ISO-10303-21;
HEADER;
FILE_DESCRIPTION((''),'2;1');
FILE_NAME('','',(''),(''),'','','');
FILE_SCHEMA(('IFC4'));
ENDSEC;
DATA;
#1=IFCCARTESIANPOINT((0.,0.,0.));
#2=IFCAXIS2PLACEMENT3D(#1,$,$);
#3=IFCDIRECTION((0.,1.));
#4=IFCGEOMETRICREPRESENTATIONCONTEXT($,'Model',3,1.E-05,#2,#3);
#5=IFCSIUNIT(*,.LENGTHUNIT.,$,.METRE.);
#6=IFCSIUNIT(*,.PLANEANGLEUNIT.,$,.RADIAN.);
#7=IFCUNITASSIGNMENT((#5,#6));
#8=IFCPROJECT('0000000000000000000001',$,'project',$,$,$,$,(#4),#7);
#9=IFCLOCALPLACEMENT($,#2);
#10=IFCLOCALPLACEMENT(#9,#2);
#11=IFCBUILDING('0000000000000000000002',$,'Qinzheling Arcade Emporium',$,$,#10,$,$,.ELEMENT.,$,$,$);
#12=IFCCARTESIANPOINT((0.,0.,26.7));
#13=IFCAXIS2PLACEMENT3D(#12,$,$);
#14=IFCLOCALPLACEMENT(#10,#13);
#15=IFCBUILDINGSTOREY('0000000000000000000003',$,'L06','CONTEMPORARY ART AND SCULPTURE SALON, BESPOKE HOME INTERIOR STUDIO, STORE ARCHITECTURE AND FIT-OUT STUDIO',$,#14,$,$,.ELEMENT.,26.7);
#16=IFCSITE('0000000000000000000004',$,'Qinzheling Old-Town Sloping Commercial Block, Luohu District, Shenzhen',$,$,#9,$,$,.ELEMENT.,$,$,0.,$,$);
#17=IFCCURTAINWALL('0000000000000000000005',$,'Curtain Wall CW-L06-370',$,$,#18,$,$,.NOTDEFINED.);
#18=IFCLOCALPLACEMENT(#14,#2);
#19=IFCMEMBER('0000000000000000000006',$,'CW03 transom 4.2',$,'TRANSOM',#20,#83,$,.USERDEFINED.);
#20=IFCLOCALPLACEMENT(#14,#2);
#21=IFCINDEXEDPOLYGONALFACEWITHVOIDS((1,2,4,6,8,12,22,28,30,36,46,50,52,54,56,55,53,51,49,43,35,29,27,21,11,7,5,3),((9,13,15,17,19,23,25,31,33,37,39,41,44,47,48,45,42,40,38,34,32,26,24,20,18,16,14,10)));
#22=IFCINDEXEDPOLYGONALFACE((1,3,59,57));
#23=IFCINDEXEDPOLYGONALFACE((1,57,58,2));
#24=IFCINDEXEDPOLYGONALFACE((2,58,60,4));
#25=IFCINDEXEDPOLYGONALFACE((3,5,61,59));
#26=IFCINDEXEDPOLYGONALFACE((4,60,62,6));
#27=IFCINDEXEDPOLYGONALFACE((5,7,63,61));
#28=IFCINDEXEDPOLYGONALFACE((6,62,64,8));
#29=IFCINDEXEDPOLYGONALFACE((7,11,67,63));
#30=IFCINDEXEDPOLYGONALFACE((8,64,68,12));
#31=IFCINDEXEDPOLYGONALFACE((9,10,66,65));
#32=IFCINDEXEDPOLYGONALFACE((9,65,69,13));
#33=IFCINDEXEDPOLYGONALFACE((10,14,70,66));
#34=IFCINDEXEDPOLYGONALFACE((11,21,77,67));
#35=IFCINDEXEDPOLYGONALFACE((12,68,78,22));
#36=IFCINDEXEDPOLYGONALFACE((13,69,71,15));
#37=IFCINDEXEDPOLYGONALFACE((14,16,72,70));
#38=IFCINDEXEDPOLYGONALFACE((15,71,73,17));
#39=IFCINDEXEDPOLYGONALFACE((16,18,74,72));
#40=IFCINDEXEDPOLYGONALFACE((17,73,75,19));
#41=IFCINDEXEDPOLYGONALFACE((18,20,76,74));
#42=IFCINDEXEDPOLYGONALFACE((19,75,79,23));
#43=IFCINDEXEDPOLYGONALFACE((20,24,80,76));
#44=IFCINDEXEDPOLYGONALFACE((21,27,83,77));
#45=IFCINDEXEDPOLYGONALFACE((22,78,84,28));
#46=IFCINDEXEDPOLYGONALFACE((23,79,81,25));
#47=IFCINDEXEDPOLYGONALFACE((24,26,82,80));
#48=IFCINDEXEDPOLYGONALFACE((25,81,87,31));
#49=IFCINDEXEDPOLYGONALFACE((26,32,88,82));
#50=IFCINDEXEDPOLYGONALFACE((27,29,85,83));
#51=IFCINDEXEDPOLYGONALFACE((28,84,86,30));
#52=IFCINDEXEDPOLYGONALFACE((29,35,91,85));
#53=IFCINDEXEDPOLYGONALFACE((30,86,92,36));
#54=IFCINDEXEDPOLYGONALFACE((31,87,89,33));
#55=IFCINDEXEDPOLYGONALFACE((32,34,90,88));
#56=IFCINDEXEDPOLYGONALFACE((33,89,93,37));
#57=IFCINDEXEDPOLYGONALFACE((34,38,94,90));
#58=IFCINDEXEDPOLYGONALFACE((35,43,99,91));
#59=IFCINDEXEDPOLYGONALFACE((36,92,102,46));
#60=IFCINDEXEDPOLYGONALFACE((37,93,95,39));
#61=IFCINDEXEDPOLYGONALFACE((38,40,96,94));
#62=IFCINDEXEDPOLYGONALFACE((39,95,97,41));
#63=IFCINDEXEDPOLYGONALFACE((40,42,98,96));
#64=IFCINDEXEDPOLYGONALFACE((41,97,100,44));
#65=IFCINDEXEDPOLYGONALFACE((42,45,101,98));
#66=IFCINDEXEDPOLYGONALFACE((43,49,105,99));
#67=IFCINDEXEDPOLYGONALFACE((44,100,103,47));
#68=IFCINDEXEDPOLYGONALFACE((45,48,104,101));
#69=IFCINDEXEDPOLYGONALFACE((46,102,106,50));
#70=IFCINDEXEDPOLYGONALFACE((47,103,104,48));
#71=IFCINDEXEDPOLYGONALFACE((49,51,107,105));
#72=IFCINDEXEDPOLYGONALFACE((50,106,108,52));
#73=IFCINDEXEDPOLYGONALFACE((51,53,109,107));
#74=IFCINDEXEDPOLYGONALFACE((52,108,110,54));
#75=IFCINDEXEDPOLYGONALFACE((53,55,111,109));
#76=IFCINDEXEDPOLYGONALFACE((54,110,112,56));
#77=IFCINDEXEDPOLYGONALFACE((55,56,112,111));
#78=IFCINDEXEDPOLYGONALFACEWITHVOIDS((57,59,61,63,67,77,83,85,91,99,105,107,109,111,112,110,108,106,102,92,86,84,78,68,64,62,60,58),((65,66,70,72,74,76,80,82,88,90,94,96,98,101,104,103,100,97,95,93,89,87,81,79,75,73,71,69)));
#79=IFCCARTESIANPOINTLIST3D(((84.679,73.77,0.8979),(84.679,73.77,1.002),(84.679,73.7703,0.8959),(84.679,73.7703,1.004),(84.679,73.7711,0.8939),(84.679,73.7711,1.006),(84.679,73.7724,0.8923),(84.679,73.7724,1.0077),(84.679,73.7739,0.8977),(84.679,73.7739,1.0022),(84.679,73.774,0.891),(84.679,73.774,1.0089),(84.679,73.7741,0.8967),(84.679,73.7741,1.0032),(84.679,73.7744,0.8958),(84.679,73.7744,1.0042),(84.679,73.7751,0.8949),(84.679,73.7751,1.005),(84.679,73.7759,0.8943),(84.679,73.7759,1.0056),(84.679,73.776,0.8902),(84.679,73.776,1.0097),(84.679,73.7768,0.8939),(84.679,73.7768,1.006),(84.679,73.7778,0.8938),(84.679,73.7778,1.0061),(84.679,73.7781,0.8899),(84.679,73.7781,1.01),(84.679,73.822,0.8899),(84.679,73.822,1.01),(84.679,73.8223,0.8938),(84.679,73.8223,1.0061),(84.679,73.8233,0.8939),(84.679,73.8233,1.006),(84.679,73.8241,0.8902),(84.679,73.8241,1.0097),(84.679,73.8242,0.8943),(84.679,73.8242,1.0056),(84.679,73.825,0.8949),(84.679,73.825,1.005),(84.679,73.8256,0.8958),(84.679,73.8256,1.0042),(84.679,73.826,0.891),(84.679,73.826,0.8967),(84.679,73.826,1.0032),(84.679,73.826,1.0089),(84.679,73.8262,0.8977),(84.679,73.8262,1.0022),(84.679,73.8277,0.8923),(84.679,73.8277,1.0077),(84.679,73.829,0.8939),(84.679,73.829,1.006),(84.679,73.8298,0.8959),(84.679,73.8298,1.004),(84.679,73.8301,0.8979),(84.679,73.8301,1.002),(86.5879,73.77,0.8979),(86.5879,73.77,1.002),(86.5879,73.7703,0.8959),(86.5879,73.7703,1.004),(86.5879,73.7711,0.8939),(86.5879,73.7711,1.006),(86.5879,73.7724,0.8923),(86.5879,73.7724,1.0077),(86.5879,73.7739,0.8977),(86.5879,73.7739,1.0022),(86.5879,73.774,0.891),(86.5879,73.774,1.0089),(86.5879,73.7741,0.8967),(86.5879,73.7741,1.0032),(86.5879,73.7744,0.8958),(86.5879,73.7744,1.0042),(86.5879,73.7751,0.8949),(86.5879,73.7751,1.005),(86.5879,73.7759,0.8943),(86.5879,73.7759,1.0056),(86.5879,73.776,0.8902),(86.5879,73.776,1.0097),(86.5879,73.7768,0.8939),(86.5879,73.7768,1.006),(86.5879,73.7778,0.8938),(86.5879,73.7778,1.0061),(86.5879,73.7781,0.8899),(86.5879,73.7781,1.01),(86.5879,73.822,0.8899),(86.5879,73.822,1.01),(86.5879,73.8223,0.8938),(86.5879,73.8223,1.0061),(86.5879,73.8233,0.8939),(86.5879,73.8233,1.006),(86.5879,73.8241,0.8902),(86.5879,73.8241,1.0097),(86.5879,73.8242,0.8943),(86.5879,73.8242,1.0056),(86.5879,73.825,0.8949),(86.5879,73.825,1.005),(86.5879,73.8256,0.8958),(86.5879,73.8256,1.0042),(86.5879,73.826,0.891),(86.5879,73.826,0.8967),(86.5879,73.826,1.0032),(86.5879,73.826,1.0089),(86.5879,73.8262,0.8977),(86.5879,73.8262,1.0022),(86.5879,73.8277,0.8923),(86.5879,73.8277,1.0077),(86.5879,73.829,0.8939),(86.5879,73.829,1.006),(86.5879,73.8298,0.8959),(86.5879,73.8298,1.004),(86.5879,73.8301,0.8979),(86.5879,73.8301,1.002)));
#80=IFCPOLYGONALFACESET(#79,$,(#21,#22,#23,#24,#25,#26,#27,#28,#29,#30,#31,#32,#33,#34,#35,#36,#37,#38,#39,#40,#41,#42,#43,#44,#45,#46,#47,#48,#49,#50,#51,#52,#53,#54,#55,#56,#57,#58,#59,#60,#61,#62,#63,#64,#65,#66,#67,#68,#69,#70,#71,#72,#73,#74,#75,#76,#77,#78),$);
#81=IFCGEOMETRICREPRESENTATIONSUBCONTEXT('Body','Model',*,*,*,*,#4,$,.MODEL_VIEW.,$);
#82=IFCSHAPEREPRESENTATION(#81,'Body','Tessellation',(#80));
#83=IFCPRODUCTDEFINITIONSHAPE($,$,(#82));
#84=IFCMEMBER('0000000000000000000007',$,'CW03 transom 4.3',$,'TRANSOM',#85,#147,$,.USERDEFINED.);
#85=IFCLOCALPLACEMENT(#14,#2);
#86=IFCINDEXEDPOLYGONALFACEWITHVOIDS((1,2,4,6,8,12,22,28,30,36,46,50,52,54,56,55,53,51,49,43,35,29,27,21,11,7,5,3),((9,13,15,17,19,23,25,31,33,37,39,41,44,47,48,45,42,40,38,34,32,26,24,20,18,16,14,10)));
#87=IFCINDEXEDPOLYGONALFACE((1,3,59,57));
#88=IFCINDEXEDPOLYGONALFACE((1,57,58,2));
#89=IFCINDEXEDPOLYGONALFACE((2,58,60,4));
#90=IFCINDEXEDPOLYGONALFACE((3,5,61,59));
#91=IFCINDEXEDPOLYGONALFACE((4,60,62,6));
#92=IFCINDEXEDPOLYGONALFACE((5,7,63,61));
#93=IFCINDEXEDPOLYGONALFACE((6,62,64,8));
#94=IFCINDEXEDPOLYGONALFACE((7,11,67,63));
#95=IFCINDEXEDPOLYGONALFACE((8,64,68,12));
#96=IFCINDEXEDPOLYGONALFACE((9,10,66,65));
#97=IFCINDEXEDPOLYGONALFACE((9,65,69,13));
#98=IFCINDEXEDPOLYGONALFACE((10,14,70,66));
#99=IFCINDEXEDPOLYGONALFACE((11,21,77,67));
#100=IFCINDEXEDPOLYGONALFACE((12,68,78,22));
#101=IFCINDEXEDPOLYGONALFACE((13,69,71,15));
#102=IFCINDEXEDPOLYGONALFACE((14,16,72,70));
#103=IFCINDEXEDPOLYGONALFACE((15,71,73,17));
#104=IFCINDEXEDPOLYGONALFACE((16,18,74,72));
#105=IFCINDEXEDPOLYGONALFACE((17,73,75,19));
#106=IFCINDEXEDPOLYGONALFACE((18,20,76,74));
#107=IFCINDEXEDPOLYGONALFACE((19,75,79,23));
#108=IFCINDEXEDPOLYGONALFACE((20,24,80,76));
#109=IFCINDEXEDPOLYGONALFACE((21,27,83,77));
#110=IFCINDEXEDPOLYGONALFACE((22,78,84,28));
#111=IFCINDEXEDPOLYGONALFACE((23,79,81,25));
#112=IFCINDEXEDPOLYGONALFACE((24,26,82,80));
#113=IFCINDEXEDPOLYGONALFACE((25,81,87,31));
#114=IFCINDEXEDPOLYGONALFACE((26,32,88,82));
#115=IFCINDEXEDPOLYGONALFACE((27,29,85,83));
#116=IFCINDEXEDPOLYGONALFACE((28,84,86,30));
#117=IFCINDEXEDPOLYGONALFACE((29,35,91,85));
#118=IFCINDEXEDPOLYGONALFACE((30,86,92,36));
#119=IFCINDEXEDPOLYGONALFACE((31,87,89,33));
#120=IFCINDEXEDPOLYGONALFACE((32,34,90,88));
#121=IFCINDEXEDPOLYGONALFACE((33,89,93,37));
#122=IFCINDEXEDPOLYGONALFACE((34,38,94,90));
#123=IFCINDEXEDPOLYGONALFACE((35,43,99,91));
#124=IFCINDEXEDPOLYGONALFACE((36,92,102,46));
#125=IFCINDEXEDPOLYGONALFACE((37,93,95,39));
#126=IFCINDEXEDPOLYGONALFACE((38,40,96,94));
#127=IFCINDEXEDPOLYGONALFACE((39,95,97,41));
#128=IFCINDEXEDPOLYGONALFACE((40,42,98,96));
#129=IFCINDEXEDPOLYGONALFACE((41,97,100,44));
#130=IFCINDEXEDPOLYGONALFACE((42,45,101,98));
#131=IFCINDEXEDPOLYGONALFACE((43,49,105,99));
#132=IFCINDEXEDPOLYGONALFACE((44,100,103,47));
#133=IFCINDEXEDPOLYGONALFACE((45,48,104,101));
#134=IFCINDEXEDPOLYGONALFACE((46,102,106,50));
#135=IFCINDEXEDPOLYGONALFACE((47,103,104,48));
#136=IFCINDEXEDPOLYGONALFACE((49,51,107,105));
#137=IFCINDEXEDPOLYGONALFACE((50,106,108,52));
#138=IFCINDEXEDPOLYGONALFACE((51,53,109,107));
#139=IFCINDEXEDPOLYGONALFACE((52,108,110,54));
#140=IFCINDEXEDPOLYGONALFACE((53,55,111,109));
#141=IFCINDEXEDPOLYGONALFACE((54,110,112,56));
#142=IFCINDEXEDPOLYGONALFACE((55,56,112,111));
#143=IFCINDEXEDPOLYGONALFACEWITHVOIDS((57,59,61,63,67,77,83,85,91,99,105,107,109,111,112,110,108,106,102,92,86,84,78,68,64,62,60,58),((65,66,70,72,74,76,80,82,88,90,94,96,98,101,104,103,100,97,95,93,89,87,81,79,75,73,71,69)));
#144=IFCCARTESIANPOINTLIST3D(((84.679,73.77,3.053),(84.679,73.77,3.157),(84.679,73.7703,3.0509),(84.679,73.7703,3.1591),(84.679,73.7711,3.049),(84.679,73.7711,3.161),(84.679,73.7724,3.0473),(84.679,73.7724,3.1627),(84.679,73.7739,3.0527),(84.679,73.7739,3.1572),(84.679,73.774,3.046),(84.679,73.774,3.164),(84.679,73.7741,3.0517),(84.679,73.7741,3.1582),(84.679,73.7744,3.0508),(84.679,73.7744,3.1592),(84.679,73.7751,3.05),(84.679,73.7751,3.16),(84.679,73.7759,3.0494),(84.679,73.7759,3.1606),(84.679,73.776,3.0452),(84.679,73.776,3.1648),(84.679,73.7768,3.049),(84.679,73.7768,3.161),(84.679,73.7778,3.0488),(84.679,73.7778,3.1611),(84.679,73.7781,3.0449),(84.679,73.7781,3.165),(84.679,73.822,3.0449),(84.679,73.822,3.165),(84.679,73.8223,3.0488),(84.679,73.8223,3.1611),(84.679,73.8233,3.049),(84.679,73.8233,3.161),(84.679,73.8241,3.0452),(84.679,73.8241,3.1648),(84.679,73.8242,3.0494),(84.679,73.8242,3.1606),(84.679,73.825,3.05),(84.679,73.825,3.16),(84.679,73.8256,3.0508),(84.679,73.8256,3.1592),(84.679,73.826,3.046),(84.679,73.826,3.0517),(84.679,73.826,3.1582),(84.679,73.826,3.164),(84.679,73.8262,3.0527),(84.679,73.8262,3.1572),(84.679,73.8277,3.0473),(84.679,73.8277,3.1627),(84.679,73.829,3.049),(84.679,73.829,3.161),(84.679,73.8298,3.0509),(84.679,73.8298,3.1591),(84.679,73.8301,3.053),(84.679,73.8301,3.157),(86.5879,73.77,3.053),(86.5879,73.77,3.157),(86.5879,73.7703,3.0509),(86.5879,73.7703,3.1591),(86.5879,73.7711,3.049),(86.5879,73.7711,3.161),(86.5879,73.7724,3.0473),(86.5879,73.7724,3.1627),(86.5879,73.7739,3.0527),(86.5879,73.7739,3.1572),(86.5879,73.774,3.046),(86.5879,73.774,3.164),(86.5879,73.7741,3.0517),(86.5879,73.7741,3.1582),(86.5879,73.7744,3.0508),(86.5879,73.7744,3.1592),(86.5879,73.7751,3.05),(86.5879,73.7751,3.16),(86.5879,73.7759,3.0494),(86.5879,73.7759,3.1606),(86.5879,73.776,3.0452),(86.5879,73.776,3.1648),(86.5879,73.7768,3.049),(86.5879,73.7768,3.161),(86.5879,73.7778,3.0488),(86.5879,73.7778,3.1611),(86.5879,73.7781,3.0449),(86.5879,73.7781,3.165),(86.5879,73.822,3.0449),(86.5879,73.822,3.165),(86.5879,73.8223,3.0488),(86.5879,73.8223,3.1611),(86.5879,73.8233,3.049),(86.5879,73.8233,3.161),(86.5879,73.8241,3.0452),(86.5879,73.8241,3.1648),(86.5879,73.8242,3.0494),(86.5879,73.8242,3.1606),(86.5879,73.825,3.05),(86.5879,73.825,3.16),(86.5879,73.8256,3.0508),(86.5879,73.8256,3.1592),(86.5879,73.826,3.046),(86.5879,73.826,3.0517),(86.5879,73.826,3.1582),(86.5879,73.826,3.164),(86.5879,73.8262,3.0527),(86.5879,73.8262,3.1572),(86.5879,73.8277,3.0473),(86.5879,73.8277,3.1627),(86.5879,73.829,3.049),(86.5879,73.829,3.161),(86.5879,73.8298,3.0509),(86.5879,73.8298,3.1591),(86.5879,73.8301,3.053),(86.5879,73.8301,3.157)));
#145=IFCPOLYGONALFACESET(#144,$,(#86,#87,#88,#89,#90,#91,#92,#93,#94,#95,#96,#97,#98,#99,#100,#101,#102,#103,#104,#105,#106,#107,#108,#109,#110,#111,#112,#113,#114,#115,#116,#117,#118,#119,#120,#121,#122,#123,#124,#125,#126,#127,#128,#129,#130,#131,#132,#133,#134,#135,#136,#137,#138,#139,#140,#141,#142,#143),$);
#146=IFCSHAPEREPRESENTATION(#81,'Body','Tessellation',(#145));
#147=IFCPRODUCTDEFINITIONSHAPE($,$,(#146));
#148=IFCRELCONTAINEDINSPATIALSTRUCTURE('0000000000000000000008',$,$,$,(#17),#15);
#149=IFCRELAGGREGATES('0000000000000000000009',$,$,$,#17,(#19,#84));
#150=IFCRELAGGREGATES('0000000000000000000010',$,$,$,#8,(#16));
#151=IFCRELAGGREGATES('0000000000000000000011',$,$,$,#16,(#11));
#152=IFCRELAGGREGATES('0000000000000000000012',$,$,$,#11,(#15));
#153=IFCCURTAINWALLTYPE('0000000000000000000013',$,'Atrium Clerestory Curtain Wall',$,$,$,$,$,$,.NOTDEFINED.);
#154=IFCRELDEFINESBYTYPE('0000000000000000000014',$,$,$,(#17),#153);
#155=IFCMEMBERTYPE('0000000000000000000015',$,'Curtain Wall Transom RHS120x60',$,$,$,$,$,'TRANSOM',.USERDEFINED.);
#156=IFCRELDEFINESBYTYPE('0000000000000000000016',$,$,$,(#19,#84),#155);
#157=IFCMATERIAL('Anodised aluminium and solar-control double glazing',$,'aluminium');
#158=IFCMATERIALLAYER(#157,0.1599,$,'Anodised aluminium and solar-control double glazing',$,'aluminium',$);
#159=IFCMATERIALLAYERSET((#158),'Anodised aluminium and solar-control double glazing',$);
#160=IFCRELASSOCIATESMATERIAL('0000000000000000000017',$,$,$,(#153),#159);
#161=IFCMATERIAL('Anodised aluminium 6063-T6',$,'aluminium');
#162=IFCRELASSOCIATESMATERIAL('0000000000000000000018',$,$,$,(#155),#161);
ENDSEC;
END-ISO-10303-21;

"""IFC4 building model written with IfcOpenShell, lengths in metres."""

from ifc_helpers import new_model, si_unit, direction, frame, origin, origin_2d, place, context, subcontext, project, spatial, hollow_rectangle, extrude, material, layer, layer_set, material_profile, profile_set, type_object, element, aggregate, save


model = new_model("IFC4")

# Units and contexts
model_context = context("Model", 3, precision=1e-05, world=origin(), true_north=direction((0.0, 1.0)))
body_context = subcontext(model_context, "Body", "Model", "MODEL_VIEW")
ifc_project = project(units=[si_unit("LENGTHUNIT", "METRE"), si_unit("PLANEANGLEUNIT", "RADIAN")], contexts=[model_context])

# Site, building, storey
site_placement = place(None, origin())
site = spatial("IfcSite", under=ifc_project, at=site_placement, Name="Qinzheling Old-Town Sloping Commercial Block, Luohu District, Shenzhen", CompositionType="ELEMENT", RefElevation=0.0)
building_placement = place(site_placement, origin())
building = spatial("IfcBuilding", under=site, at=building_placement, Name="Qinzheling Arcade Emporium", CompositionType="ELEMENT")
storey_placement = place(building_placement, frame((0.0, 0.0, 26.7)))
storey = spatial("IfcBuildingStorey", under=building, at=storey_placement, Name="L06", Description="CONTEMPORARY ART AND SCULPTURE SALON, BESPOKE HOME INTERIOR STUDIO, STORE ARCHITECTURE AND FIT-OUT STUDIO", CompositionType="ELEMENT", Elevation=26.7)

# Curtain wall
ifc_material_1 = material(Name="Anodised aluminium and solar-control double glazing", Category="aluminium")
ifc_layer_1 = layer(ifc_material_1, 0.1599, Name="Anodised aluminium and solar-control double glazing", Category="aluminium")
ifc_layer_set_1 = layer_set([ifc_layer_1], Name="Anodised aluminium and solar-control double glazing")
curtain_wall_type = type_object("IfcCurtainWallType", Name="Atrium Clerestory Curtain Wall", PredefinedType="NOTDEFINED", material=ifc_layer_set_1)
curtain_wall_1_placement = place(storey_placement, origin())
curtain_wall_1 = element("IfcCurtainWall", 1, at=curtain_wall_1_placement, inside=storey, type_object=curtain_wall_type, Name="Curtain Wall CW-L06-370", PredefinedType="NOTDEFINED")
ifc_material_2 = material(Name="Anodised aluminium 6063-T6", Category="aluminium")

# Members
ifc_material_profile_1 = material_profile(ifc_material_2, hollow_rectangle(XDim=0.0601, YDim=0.1201, WallThickness=0.0039, InnerFilletRadius=0.0039, OuterFilletRadius=0.0081, at=origin_2d()), Name="RHS 120x60x4", Category="aluminium")
ifc_profile_set_1 = profile_set([ifc_material_profile_1], Name="Anodised aluminium 6063-T6")
member_type_1 = type_object("IfcMemberType", Name="Curtain Wall Transom RHS120x60", ElementType="TRANSOM", PredefinedType="USERDEFINED", material=ifc_profile_set_1)
member_1_placement = place(storey_placement, frame((84.679, 73.8, 0.95), z_axis=(1.0, 0.0, 0.0), x_axis=(0.0, 1.0, 0.0)))
member_1 = element("IfcMember", 2, at=member_1_placement, type_object=member_type_1, Name="CW03 transom 4.2", ObjectType="TRANSOM", PredefinedType="USERDEFINED", context=body_context, shape_type="SweptSolid", body=[
    extrude(hollow_rectangle(XDim=0.0601, YDim=0.1201, WallThickness=0.0039, InnerFilletRadius=0.0039, OuterFilletRadius=0.0081, at=origin_2d()), origin(), (0.0, 0.0, 1.0), 1.9089),
])
member_2_placement = place(storey_placement, frame((84.679, 73.8, 3.105), z_axis=(1.0, 0.0, 0.0), x_axis=(0.0, 1.0, 0.0)))
member_2 = element("IfcMember", 3, at=member_2_placement, type_object=member_type_1, Name="CW03 transom 4.3", ObjectType="TRANSOM", PredefinedType="USERDEFINED", context=body_context, shape_type="SweptSolid", body=[
    extrude(hollow_rectangle(XDim=0.0601, YDim=0.1201, WallThickness=0.0039, InnerFilletRadius=0.0039, OuterFilletRadius=0.0081, at=origin_2d()), origin(), (0.0, 0.0, 1.0), 1.9089),
])

aggregate(curtain_wall_1, [member_1, member_2])

save(model, "model.ifc")
